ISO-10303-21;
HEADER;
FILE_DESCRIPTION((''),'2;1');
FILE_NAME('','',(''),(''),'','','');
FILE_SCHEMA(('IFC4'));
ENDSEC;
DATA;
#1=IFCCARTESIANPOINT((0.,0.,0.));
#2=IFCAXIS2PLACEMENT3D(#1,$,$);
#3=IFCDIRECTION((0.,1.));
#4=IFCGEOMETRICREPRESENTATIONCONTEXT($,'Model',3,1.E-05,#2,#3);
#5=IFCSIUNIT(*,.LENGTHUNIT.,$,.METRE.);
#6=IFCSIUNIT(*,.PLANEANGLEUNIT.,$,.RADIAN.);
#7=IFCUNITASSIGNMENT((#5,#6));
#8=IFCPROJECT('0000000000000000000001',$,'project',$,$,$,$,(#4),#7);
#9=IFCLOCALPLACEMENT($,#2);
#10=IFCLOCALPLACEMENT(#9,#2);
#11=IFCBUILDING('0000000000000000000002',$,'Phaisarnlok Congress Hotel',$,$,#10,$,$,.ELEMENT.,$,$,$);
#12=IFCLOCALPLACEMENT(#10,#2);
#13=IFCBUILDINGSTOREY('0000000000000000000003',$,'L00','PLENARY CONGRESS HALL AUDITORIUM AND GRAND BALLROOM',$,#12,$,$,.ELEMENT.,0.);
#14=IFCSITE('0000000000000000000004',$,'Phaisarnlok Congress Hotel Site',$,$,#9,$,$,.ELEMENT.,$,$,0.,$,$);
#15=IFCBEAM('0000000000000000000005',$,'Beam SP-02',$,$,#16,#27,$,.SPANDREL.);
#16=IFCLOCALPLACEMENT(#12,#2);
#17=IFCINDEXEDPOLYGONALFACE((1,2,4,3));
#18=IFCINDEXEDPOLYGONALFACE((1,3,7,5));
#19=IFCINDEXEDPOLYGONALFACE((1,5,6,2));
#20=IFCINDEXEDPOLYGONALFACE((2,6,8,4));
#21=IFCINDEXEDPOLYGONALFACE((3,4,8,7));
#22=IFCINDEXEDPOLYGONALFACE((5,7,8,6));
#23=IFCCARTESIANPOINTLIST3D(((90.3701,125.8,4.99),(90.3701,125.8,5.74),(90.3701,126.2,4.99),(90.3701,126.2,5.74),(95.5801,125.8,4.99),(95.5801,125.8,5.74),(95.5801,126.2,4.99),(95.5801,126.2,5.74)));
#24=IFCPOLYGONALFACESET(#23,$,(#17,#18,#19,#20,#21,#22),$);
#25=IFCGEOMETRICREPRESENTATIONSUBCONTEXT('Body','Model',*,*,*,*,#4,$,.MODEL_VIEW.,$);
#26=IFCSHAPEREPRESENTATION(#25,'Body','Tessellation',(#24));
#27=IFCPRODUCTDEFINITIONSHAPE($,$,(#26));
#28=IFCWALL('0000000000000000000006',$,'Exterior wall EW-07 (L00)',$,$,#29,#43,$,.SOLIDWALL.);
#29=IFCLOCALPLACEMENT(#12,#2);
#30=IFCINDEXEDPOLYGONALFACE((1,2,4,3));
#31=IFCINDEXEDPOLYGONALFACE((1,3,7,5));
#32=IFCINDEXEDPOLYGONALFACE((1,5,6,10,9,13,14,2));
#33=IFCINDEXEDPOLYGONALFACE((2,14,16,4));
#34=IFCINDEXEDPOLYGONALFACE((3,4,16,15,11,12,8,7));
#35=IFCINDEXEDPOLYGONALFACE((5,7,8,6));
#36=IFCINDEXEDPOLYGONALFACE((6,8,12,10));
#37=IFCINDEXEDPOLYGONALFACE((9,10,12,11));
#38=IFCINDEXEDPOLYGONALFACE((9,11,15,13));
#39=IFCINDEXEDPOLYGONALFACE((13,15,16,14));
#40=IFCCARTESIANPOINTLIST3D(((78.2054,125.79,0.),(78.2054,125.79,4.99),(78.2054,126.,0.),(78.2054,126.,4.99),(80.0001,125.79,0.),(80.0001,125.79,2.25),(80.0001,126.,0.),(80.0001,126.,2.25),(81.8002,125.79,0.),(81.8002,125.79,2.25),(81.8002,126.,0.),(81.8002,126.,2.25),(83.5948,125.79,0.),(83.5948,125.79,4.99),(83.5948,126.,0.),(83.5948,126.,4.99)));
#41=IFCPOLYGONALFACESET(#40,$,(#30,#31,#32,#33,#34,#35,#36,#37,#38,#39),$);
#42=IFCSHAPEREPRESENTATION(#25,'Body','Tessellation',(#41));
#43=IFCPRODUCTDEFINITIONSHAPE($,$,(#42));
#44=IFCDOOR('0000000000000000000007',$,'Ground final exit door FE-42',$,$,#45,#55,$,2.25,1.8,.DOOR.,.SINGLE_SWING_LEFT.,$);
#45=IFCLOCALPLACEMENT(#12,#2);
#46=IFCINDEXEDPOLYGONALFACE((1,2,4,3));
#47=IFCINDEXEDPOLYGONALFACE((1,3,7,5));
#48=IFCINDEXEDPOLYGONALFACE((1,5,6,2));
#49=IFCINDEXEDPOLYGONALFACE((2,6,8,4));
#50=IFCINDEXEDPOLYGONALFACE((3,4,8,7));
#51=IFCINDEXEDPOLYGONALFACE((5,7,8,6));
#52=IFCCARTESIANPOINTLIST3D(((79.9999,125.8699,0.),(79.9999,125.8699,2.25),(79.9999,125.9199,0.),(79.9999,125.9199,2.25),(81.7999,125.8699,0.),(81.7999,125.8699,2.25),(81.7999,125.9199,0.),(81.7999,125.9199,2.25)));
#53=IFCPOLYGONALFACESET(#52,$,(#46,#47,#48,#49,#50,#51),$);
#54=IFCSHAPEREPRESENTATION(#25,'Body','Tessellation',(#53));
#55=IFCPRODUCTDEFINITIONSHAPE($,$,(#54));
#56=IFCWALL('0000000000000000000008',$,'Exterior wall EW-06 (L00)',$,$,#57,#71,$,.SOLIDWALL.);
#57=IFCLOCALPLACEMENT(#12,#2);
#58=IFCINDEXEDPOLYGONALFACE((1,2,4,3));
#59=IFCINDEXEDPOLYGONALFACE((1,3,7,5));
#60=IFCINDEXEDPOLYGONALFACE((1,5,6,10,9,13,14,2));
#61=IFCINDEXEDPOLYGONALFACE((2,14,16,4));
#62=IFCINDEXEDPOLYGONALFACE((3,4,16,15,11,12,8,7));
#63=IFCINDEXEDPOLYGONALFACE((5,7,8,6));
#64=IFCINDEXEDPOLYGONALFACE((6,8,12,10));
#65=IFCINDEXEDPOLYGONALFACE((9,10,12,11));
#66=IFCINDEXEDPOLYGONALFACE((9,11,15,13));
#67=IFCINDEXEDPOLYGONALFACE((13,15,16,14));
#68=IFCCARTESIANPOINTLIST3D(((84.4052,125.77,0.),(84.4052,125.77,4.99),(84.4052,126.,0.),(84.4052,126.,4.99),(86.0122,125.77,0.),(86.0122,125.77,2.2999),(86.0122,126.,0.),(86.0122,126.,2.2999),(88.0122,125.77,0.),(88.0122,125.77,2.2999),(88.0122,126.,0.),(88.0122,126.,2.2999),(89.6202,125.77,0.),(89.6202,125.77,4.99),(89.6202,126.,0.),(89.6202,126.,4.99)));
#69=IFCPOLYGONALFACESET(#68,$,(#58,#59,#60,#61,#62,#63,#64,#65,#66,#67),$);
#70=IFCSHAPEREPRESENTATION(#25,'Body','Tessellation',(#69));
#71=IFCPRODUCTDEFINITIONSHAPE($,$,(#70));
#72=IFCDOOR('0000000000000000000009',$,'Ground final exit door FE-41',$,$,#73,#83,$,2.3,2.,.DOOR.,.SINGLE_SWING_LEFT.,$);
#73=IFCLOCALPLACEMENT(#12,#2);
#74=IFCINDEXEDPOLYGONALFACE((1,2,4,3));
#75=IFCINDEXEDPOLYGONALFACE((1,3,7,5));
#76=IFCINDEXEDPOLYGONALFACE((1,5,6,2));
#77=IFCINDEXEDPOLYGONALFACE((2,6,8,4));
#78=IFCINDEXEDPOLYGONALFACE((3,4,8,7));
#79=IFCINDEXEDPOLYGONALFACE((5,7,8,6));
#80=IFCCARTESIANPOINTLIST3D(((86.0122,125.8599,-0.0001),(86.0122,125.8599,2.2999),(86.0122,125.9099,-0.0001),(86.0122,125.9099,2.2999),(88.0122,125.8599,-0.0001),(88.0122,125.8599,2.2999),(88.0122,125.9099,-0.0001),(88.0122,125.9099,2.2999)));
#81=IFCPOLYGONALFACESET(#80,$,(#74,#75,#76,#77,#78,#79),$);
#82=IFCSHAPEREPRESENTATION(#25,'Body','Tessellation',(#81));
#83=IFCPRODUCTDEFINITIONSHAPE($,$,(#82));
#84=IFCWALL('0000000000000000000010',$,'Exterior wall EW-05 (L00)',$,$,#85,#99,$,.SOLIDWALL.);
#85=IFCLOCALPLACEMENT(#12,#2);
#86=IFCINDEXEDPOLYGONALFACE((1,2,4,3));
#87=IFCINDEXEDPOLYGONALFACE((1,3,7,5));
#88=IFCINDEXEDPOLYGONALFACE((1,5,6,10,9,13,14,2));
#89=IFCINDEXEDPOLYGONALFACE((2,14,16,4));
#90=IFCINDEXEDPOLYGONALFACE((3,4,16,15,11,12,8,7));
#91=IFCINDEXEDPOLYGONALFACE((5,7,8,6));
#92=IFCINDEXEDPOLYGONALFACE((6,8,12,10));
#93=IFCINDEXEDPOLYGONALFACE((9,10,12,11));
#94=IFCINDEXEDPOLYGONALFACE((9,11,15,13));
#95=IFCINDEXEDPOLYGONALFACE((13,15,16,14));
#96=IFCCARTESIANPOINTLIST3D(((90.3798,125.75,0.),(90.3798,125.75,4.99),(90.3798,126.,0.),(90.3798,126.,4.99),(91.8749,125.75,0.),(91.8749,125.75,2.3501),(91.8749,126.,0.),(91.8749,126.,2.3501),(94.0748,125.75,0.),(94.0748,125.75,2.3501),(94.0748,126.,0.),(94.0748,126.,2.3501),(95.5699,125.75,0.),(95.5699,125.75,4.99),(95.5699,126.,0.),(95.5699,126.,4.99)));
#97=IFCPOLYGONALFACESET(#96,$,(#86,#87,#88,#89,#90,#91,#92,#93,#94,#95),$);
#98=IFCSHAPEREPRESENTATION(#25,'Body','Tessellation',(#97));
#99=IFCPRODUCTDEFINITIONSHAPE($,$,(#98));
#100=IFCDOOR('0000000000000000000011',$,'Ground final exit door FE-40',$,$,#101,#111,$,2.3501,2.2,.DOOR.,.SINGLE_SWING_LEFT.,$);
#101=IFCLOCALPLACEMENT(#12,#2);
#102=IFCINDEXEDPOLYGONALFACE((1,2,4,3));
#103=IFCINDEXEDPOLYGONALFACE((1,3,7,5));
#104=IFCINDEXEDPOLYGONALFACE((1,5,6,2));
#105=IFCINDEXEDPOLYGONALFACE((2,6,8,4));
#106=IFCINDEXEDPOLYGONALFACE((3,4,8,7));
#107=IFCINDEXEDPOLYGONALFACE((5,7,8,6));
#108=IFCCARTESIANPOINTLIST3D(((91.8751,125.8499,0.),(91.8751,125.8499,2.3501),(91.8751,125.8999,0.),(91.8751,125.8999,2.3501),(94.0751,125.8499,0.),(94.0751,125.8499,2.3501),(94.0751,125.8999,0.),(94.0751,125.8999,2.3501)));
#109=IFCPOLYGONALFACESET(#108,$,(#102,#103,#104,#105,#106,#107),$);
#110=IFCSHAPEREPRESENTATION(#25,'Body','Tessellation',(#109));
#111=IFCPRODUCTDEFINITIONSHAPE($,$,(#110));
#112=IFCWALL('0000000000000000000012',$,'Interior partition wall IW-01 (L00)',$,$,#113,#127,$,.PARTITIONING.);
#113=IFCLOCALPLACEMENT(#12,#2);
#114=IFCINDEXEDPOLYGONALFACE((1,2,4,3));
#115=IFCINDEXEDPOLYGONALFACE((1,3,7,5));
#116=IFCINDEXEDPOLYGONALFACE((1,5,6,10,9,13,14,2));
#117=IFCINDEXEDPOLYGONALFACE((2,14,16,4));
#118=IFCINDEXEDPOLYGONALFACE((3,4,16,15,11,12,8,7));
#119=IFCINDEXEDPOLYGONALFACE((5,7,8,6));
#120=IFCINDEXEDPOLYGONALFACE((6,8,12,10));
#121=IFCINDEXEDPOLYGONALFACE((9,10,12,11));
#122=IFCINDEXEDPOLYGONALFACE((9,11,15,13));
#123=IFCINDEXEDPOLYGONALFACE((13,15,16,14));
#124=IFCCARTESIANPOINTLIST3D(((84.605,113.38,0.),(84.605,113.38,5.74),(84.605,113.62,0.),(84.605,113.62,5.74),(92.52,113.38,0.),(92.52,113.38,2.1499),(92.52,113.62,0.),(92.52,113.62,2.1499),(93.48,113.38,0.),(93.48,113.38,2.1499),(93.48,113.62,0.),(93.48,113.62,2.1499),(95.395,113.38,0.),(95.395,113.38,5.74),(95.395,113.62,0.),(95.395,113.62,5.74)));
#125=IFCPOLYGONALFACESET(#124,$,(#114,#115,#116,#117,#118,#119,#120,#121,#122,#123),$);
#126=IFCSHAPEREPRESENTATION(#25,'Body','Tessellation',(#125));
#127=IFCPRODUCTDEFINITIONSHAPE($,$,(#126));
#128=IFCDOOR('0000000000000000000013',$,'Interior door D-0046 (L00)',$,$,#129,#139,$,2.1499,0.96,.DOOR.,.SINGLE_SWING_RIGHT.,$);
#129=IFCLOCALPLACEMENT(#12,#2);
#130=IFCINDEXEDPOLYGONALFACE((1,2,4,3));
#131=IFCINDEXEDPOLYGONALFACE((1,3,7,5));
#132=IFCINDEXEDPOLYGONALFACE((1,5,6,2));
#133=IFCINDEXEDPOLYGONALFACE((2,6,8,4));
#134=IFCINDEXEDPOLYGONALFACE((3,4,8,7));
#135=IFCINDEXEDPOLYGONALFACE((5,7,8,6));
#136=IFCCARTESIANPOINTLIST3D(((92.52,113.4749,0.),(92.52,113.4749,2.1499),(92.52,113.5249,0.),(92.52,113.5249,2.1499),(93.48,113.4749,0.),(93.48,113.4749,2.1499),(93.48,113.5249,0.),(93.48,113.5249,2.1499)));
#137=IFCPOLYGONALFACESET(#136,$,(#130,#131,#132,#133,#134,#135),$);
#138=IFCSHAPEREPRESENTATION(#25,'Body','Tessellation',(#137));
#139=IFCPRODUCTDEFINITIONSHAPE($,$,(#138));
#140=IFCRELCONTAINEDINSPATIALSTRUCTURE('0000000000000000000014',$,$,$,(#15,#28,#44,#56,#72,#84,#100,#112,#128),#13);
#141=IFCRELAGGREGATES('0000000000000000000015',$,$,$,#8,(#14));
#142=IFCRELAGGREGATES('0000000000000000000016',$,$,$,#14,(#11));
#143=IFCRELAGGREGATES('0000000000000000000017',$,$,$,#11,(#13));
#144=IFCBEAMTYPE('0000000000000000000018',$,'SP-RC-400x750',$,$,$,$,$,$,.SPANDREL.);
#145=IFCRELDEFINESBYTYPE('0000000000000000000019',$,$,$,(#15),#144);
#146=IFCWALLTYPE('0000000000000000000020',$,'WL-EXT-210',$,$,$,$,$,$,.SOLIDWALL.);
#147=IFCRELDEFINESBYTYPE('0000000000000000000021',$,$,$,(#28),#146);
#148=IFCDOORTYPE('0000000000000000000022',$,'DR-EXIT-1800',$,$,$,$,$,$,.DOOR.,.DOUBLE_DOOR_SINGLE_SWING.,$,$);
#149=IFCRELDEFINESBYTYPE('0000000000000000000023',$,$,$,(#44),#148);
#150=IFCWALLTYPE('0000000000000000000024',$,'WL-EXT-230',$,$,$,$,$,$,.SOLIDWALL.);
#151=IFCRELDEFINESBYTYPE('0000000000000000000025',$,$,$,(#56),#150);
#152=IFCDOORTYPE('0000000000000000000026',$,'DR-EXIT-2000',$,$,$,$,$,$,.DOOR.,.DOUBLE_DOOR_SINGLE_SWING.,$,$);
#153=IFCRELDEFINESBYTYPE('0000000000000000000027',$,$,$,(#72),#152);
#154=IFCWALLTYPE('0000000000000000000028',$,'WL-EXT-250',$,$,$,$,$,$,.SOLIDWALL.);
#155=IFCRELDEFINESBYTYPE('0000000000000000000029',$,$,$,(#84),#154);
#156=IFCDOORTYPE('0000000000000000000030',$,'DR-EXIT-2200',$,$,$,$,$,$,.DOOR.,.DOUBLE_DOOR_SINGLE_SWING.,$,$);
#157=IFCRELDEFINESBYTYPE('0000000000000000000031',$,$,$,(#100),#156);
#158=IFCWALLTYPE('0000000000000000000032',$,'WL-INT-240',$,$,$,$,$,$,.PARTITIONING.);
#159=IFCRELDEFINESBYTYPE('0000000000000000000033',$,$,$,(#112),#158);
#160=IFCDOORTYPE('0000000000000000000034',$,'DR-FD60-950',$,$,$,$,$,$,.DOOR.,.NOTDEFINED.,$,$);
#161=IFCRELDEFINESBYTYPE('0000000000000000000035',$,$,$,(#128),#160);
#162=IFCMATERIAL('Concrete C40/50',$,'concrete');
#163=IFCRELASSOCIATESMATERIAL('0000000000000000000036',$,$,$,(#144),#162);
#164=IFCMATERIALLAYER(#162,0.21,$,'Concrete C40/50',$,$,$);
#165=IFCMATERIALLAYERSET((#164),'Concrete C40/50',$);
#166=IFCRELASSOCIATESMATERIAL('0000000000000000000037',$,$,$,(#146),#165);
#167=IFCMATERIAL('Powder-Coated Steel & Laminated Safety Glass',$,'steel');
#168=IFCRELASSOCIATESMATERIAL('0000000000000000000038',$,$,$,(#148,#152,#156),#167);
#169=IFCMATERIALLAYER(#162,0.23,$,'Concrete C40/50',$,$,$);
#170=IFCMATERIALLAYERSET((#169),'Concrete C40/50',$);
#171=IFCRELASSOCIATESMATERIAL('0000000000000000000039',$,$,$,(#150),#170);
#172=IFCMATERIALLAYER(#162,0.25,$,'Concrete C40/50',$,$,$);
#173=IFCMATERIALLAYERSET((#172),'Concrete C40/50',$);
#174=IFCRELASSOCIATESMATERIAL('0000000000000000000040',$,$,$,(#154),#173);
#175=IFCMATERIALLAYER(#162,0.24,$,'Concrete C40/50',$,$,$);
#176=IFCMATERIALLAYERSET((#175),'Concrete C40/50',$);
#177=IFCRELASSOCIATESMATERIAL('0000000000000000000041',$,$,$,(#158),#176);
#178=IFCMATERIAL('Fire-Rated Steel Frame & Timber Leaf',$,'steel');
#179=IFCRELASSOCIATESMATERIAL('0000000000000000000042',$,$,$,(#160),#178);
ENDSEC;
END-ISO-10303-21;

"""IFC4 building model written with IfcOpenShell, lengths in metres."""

from ifc_helpers import new_model, si_unit, direction, frame, frame_2d, origin, origin_2d, place, context, subcontext, project, spatial, rectangle, extrude, material, layer, layer_set, material_profile, profile_set, type_object, element, fill, save


model = new_model("IFC4")

# Units and contexts
model_context = context("Model", 3, precision=1e-05, world=origin(), true_north=direction((0.0, 1.0)))
body_context = subcontext(model_context, "Body", "Model", "MODEL_VIEW")
ifc_project = project(units=[si_unit("LENGTHUNIT", "METRE"), si_unit("PLANEANGLEUNIT", "RADIAN")], contexts=[model_context])

# Site, building, storey
site_placement = place(None, origin())
site = spatial("IfcSite", under=ifc_project, at=site_placement, Name="Phaisarnlok Congress Hotel Site", CompositionType="ELEMENT", RefElevation=0.0)
building_placement = place(site_placement, origin())
building = spatial("IfcBuilding", under=site, at=building_placement, Name="Phaisarnlok Congress Hotel", CompositionType="ELEMENT")
storey_placement = place(building_placement, origin())
storey = spatial("IfcBuildingStorey", under=building, at=storey_placement, Name="L00", Description="PLENARY CONGRESS HALL AUDITORIUM AND GRAND BALLROOM", CompositionType="ELEMENT", Elevation=0.0)

# Beam
ifc_material_1 = material(Name="Concrete C40/50", Category="concrete")
ifc_material_profile_1 = material_profile(ifc_material_1, rectangle(XDim=0.3999, YDim=0.75, at=origin_2d()), Name="RC 400x750")
ifc_profile_set_1 = profile_set([ifc_material_profile_1], Name="Concrete C40/50")
beam_type_1 = type_object("IfcBeamType", Name="SP-RC-400x750", PredefinedType="SPANDREL", material=ifc_profile_set_1)
beam_1_placement = place(storey_placement, frame((90.3701, 126.0, 5.365), z_axis=(1.0, 0.0, 0.0), x_axis=(0.0, 1.0, 0.0)))
element("IfcBeam", 1, at=beam_1_placement, inside=storey, type_object=beam_type_1, Name="Beam SP-02", PredefinedType="SPANDREL", context=body_context, shape_type="SweptSolid", body=[
    extrude(rectangle(XDim=0.3999, YDim=0.75, at=origin_2d()), origin(), (0.0, 0.0, 1.0), 5.21),
])

# Walls, openings, doors
ifc_layer_1 = layer(ifc_material_1, 0.21, Name="Concrete C40/50")
ifc_layer_set_1 = layer_set([ifc_layer_1], Name="Concrete C40/50")
wall_type_1 = type_object("IfcWallType", Name="WL-EXT-210", PredefinedType="SOLIDWALL", material=ifc_layer_set_1)
wall_1_placement = place(storey_placement, frame((83.595, 125.895, 0.0), z_axis=(0.0, 0.0, 1.0), x_axis=(-1.0, 0.0, 0.0)))
wall_1 = element("IfcWall", 2, at=wall_1_placement, inside=storey, type_object=wall_type_1, Name="Exterior wall EW-07 (L00)", PredefinedType="SOLIDWALL", context=body_context, shape_type="SweptSolid", body=[
    extrude(rectangle(XDim=5.3894, YDim=0.21, at=frame_2d((2.6948, 0.0))), origin(), (0.0, 0.0, 1.0), 4.99),
])
opening_1_placement = place(wall_1_placement, frame((1.7949, 0.0, 0.0)))
opening_1 = element("IfcOpeningElement", 3, at=opening_1_placement, cuts=wall_1, PredefinedType="OPENING", context=body_context, shape_type="SweptSolid", body=[
    extrude(rectangle(XDim=1.8, YDim=2.25, at=frame_2d((0.8999, 1.125))), frame((0.0, 0.115, 0.0), z_axis=(0.0, -1.0, 0.0), x_axis=(1.0, 0.0, 0.0)), (0.0, 0.0, 1.0), 0.23),
])
ifc_material_2 = material(Name="Powder-Coated Steel & Laminated Safety Glass", Category="steel")
door_type_1 = type_object("IfcDoorType", Name="DR-EXIT-1800", OperationType="DOUBLE_DOOR_SINGLE_SWING", PredefinedType="DOOR", material=ifc_material_2)
door_1_placement = place(opening_1_placement, frame((1.8, 0.0, 0.0), z_axis=(0.0, 0.0, 1.0), x_axis=(-1.0, 0.0, 0.0)))
door_1 = element("IfcDoor", 4, at=door_1_placement, inside=storey, type_object=door_type_1, Name="Ground final exit door FE-42", OperationType="SINGLE_SWING_LEFT", OverallHeight=2.25, OverallWidth=1.8, PredefinedType="DOOR", context=body_context, shape_type="SweptSolid", body=[
    extrude(rectangle(XDim=1.8, YDim=2.25, at=frame_2d((0.8999, 1.125))), frame((0.0, 0.0249, 0.0), z_axis=(0.0, -1.0, 0.0), x_axis=(1.0, 0.0, 0.0)), (0.0, 0.0, 1.0), 0.05),
])
fill(opening_1, door_1)
ifc_layer_2 = layer(ifc_material_1, 0.23, Name="Concrete C40/50")
ifc_layer_set_2 = layer_set([ifc_layer_2], Name="Concrete C40/50")
wall_type_2 = type_object("IfcWallType", Name="WL-EXT-230", PredefinedType="SOLIDWALL", material=ifc_layer_set_2)
wall_2_placement = place(storey_placement, frame((89.6201, 125.885, 0.0), z_axis=(0.0, 0.0, 1.0), x_axis=(-1.0, 0.0, 0.0)))
wall_2 = element("IfcWall", 5, at=wall_2_placement, inside=storey, type_object=wall_type_2, Name="Exterior wall EW-06 (L00)", PredefinedType="SOLIDWALL", context=body_context, shape_type="SweptSolid", body=[
    extrude(rectangle(XDim=5.2151, YDim=0.23, at=frame_2d((2.6074, 0.0))), origin(), (0.0, 0.0, 1.0), 4.99),
])
opening_2_placement = place(wall_2_placement, frame((1.6079, 0.0, 0.0)))
opening_2 = element("IfcOpeningElement", 6, at=opening_2_placement, cuts=wall_2, PredefinedType="OPENING", context=body_context, shape_type="SweptSolid", body=[
    extrude(rectangle(XDim=2.0, YDim=2.3, at=frame_2d((1.0, 1.1499))), frame((0.0, 0.125, 0.0), z_axis=(0.0, -1.0, 0.0), x_axis=(1.0, 0.0, 0.0)), (0.0, 0.0, 1.0), 0.25),
])
door_type_2 = type_object("IfcDoorType", Name="DR-EXIT-2000", OperationType="DOUBLE_DOOR_SINGLE_SWING", PredefinedType="DOOR", material=ifc_material_2)
door_2_placement = place(opening_2_placement, frame((2.0, 0.0, 0.0), z_axis=(0.0, 0.0, 1.0), x_axis=(-1.0, 0.0, 0.0)))
door_2 = element("IfcDoor", 7, at=door_2_placement, inside=storey, type_object=door_type_2, Name="Ground final exit door FE-41", OperationType="SINGLE_SWING_LEFT", OverallHeight=2.3, OverallWidth=2.0, PredefinedType="DOOR", context=body_context, shape_type="SweptSolid", body=[
    extrude(rectangle(XDim=2.0, YDim=2.3, at=frame_2d((1.0, 1.1499))), frame((0.0, 0.0249, 0.0), z_axis=(0.0, -1.0, 0.0), x_axis=(1.0, 0.0, 0.0)), (0.0, 0.0, 1.0), 0.05),
])
fill(opening_2, door_2)
ifc_layer_3 = layer(ifc_material_1, 0.25, Name="Concrete C40/50")
ifc_layer_set_3 = layer_set([ifc_layer_3], Name="Concrete C40/50")
wall_type_3 = type_object("IfcWallType", Name="WL-EXT-250", PredefinedType="SOLIDWALL", material=ifc_layer_set_3)
wall_3_placement = place(storey_placement, frame((95.5701, 125.875, 0.0), z_axis=(0.0, 0.0, 1.0), x_axis=(-1.0, 0.0, 0.0)))
wall_3 = element("IfcWall", 8, at=wall_3_placement, inside=storey, type_object=wall_type_3, Name="Exterior wall EW-05 (L00)", PredefinedType="SOLIDWALL", context=body_context, shape_type="SweptSolid", body=[
    extrude(rectangle(XDim=5.1902, YDim=0.25, at=frame_2d((2.5952, 0.0))), origin(), (0.0, 0.0, 1.0), 4.99),
])
opening_3_placement = place(wall_3_placement, frame((1.4951, 0.0, 0.0)))
opening_3 = element("IfcOpeningElement", 9, at=opening_3_placement, cuts=wall_3, PredefinedType="OPENING", context=body_context, shape_type="SweptSolid", body=[
    extrude(rectangle(XDim=2.2, YDim=2.3501, at=frame_2d((1.1001, 1.175))), frame((0.0, 0.135, 0.0), z_axis=(0.0, -1.0, 0.0), x_axis=(1.0, 0.0, 0.0)), (0.0, 0.0, 1.0), 0.27),
])
door_type_3 = type_object("IfcDoorType", Name="DR-EXIT-2200", OperationType="DOUBLE_DOOR_SINGLE_SWING", PredefinedType="DOOR", material=ifc_material_2)
door_3_placement = place(opening_3_placement, frame((2.2, 0.0, 0.0), z_axis=(0.0, 0.0, 1.0), x_axis=(-1.0, 0.0, 0.0)))
door_3 = element("IfcDoor", 10, at=door_3_placement, inside=storey, type_object=door_type_3, Name="Ground final exit door FE-40", OperationType="SINGLE_SWING_LEFT", OverallHeight=2.3501, OverallWidth=2.2, PredefinedType="DOOR", context=body_context, shape_type="SweptSolid", body=[
    extrude(rectangle(XDim=2.2, YDim=2.3501, at=frame_2d((1.1001, 1.175))), frame((0.0, 0.0249, 0.0), z_axis=(0.0, -1.0, 0.0), x_axis=(1.0, 0.0, 0.0)), (0.0, 0.0, 1.0), 0.05),
])
fill(opening_3, door_3)
ifc_layer_4 = layer(ifc_material_1, 0.24, Name="Concrete C40/50")
ifc_layer_set_4 = layer_set([ifc_layer_4], Name="Concrete C40/50")
wall_type_4 = type_object("IfcWallType", Name="WL-INT-240", PredefinedType="PARTITIONING", material=ifc_layer_set_4)
wall_4_placement = place(storey_placement, frame((84.605, 113.5, 0.0), z_axis=(0.0, 0.0, 1.0), x_axis=(1.0, 0.0, 0.0)))
wall_4 = element("IfcWall", 11, at=wall_4_placement, inside=storey, type_object=wall_type_4, Name="Interior partition wall IW-01 (L00)", PredefinedType="PARTITIONING", context=body_context, shape_type="SweptSolid", body=[
    extrude(rectangle(XDim=10.79, YDim=0.24, at=frame_2d((5.395, 0.0))), origin(), (0.0, 0.0, 1.0), 5.74),
])
opening_4_placement = place(wall_4_placement, frame((7.915, 0.0, 0.0)))
opening_4 = element("IfcOpeningElement", 12, at=opening_4_placement, cuts=wall_4, PredefinedType="OPENING", context=body_context, shape_type="SweptSolid", body=[
    extrude(rectangle(XDim=0.96, YDim=2.1499, at=frame_2d((0.48, 1.075))), frame((0.0, 0.1299, 0.0), z_axis=(0.0, -1.0, 0.0), x_axis=(1.0, 0.0, 0.0)), (0.0, 0.0, 1.0), 0.26),
])
ifc_material_3 = material(Name="Fire-Rated Steel Frame & Timber Leaf", Category="steel")
door_type_4 = type_object("IfcDoorType", Name="DR-FD60-950", OperationType="NOTDEFINED", PredefinedType="DOOR", material=ifc_material_3)
door_4_placement = place(opening_4_placement, origin())
door_4 = element("IfcDoor", 13, at=door_4_placement, inside=storey, type_object=door_type_4, Name="Interior door D-0046 (L00)", OperationType="SINGLE_SWING_RIGHT", OverallHeight=2.1499, OverallWidth=0.96, PredefinedType="DOOR", context=body_context, shape_type="SweptSolid", body=[
    extrude(rectangle(XDim=0.96, YDim=2.1499, at=frame_2d((0.48, 1.075))), frame((0.0, 0.0249, 0.0), z_axis=(0.0, -1.0, 0.0), x_axis=(1.0, 0.0, 0.0)), (0.0, 0.0, 1.0), 0.05),
])
fill(opening_4, door_4)

save(model, "model.ifc")
